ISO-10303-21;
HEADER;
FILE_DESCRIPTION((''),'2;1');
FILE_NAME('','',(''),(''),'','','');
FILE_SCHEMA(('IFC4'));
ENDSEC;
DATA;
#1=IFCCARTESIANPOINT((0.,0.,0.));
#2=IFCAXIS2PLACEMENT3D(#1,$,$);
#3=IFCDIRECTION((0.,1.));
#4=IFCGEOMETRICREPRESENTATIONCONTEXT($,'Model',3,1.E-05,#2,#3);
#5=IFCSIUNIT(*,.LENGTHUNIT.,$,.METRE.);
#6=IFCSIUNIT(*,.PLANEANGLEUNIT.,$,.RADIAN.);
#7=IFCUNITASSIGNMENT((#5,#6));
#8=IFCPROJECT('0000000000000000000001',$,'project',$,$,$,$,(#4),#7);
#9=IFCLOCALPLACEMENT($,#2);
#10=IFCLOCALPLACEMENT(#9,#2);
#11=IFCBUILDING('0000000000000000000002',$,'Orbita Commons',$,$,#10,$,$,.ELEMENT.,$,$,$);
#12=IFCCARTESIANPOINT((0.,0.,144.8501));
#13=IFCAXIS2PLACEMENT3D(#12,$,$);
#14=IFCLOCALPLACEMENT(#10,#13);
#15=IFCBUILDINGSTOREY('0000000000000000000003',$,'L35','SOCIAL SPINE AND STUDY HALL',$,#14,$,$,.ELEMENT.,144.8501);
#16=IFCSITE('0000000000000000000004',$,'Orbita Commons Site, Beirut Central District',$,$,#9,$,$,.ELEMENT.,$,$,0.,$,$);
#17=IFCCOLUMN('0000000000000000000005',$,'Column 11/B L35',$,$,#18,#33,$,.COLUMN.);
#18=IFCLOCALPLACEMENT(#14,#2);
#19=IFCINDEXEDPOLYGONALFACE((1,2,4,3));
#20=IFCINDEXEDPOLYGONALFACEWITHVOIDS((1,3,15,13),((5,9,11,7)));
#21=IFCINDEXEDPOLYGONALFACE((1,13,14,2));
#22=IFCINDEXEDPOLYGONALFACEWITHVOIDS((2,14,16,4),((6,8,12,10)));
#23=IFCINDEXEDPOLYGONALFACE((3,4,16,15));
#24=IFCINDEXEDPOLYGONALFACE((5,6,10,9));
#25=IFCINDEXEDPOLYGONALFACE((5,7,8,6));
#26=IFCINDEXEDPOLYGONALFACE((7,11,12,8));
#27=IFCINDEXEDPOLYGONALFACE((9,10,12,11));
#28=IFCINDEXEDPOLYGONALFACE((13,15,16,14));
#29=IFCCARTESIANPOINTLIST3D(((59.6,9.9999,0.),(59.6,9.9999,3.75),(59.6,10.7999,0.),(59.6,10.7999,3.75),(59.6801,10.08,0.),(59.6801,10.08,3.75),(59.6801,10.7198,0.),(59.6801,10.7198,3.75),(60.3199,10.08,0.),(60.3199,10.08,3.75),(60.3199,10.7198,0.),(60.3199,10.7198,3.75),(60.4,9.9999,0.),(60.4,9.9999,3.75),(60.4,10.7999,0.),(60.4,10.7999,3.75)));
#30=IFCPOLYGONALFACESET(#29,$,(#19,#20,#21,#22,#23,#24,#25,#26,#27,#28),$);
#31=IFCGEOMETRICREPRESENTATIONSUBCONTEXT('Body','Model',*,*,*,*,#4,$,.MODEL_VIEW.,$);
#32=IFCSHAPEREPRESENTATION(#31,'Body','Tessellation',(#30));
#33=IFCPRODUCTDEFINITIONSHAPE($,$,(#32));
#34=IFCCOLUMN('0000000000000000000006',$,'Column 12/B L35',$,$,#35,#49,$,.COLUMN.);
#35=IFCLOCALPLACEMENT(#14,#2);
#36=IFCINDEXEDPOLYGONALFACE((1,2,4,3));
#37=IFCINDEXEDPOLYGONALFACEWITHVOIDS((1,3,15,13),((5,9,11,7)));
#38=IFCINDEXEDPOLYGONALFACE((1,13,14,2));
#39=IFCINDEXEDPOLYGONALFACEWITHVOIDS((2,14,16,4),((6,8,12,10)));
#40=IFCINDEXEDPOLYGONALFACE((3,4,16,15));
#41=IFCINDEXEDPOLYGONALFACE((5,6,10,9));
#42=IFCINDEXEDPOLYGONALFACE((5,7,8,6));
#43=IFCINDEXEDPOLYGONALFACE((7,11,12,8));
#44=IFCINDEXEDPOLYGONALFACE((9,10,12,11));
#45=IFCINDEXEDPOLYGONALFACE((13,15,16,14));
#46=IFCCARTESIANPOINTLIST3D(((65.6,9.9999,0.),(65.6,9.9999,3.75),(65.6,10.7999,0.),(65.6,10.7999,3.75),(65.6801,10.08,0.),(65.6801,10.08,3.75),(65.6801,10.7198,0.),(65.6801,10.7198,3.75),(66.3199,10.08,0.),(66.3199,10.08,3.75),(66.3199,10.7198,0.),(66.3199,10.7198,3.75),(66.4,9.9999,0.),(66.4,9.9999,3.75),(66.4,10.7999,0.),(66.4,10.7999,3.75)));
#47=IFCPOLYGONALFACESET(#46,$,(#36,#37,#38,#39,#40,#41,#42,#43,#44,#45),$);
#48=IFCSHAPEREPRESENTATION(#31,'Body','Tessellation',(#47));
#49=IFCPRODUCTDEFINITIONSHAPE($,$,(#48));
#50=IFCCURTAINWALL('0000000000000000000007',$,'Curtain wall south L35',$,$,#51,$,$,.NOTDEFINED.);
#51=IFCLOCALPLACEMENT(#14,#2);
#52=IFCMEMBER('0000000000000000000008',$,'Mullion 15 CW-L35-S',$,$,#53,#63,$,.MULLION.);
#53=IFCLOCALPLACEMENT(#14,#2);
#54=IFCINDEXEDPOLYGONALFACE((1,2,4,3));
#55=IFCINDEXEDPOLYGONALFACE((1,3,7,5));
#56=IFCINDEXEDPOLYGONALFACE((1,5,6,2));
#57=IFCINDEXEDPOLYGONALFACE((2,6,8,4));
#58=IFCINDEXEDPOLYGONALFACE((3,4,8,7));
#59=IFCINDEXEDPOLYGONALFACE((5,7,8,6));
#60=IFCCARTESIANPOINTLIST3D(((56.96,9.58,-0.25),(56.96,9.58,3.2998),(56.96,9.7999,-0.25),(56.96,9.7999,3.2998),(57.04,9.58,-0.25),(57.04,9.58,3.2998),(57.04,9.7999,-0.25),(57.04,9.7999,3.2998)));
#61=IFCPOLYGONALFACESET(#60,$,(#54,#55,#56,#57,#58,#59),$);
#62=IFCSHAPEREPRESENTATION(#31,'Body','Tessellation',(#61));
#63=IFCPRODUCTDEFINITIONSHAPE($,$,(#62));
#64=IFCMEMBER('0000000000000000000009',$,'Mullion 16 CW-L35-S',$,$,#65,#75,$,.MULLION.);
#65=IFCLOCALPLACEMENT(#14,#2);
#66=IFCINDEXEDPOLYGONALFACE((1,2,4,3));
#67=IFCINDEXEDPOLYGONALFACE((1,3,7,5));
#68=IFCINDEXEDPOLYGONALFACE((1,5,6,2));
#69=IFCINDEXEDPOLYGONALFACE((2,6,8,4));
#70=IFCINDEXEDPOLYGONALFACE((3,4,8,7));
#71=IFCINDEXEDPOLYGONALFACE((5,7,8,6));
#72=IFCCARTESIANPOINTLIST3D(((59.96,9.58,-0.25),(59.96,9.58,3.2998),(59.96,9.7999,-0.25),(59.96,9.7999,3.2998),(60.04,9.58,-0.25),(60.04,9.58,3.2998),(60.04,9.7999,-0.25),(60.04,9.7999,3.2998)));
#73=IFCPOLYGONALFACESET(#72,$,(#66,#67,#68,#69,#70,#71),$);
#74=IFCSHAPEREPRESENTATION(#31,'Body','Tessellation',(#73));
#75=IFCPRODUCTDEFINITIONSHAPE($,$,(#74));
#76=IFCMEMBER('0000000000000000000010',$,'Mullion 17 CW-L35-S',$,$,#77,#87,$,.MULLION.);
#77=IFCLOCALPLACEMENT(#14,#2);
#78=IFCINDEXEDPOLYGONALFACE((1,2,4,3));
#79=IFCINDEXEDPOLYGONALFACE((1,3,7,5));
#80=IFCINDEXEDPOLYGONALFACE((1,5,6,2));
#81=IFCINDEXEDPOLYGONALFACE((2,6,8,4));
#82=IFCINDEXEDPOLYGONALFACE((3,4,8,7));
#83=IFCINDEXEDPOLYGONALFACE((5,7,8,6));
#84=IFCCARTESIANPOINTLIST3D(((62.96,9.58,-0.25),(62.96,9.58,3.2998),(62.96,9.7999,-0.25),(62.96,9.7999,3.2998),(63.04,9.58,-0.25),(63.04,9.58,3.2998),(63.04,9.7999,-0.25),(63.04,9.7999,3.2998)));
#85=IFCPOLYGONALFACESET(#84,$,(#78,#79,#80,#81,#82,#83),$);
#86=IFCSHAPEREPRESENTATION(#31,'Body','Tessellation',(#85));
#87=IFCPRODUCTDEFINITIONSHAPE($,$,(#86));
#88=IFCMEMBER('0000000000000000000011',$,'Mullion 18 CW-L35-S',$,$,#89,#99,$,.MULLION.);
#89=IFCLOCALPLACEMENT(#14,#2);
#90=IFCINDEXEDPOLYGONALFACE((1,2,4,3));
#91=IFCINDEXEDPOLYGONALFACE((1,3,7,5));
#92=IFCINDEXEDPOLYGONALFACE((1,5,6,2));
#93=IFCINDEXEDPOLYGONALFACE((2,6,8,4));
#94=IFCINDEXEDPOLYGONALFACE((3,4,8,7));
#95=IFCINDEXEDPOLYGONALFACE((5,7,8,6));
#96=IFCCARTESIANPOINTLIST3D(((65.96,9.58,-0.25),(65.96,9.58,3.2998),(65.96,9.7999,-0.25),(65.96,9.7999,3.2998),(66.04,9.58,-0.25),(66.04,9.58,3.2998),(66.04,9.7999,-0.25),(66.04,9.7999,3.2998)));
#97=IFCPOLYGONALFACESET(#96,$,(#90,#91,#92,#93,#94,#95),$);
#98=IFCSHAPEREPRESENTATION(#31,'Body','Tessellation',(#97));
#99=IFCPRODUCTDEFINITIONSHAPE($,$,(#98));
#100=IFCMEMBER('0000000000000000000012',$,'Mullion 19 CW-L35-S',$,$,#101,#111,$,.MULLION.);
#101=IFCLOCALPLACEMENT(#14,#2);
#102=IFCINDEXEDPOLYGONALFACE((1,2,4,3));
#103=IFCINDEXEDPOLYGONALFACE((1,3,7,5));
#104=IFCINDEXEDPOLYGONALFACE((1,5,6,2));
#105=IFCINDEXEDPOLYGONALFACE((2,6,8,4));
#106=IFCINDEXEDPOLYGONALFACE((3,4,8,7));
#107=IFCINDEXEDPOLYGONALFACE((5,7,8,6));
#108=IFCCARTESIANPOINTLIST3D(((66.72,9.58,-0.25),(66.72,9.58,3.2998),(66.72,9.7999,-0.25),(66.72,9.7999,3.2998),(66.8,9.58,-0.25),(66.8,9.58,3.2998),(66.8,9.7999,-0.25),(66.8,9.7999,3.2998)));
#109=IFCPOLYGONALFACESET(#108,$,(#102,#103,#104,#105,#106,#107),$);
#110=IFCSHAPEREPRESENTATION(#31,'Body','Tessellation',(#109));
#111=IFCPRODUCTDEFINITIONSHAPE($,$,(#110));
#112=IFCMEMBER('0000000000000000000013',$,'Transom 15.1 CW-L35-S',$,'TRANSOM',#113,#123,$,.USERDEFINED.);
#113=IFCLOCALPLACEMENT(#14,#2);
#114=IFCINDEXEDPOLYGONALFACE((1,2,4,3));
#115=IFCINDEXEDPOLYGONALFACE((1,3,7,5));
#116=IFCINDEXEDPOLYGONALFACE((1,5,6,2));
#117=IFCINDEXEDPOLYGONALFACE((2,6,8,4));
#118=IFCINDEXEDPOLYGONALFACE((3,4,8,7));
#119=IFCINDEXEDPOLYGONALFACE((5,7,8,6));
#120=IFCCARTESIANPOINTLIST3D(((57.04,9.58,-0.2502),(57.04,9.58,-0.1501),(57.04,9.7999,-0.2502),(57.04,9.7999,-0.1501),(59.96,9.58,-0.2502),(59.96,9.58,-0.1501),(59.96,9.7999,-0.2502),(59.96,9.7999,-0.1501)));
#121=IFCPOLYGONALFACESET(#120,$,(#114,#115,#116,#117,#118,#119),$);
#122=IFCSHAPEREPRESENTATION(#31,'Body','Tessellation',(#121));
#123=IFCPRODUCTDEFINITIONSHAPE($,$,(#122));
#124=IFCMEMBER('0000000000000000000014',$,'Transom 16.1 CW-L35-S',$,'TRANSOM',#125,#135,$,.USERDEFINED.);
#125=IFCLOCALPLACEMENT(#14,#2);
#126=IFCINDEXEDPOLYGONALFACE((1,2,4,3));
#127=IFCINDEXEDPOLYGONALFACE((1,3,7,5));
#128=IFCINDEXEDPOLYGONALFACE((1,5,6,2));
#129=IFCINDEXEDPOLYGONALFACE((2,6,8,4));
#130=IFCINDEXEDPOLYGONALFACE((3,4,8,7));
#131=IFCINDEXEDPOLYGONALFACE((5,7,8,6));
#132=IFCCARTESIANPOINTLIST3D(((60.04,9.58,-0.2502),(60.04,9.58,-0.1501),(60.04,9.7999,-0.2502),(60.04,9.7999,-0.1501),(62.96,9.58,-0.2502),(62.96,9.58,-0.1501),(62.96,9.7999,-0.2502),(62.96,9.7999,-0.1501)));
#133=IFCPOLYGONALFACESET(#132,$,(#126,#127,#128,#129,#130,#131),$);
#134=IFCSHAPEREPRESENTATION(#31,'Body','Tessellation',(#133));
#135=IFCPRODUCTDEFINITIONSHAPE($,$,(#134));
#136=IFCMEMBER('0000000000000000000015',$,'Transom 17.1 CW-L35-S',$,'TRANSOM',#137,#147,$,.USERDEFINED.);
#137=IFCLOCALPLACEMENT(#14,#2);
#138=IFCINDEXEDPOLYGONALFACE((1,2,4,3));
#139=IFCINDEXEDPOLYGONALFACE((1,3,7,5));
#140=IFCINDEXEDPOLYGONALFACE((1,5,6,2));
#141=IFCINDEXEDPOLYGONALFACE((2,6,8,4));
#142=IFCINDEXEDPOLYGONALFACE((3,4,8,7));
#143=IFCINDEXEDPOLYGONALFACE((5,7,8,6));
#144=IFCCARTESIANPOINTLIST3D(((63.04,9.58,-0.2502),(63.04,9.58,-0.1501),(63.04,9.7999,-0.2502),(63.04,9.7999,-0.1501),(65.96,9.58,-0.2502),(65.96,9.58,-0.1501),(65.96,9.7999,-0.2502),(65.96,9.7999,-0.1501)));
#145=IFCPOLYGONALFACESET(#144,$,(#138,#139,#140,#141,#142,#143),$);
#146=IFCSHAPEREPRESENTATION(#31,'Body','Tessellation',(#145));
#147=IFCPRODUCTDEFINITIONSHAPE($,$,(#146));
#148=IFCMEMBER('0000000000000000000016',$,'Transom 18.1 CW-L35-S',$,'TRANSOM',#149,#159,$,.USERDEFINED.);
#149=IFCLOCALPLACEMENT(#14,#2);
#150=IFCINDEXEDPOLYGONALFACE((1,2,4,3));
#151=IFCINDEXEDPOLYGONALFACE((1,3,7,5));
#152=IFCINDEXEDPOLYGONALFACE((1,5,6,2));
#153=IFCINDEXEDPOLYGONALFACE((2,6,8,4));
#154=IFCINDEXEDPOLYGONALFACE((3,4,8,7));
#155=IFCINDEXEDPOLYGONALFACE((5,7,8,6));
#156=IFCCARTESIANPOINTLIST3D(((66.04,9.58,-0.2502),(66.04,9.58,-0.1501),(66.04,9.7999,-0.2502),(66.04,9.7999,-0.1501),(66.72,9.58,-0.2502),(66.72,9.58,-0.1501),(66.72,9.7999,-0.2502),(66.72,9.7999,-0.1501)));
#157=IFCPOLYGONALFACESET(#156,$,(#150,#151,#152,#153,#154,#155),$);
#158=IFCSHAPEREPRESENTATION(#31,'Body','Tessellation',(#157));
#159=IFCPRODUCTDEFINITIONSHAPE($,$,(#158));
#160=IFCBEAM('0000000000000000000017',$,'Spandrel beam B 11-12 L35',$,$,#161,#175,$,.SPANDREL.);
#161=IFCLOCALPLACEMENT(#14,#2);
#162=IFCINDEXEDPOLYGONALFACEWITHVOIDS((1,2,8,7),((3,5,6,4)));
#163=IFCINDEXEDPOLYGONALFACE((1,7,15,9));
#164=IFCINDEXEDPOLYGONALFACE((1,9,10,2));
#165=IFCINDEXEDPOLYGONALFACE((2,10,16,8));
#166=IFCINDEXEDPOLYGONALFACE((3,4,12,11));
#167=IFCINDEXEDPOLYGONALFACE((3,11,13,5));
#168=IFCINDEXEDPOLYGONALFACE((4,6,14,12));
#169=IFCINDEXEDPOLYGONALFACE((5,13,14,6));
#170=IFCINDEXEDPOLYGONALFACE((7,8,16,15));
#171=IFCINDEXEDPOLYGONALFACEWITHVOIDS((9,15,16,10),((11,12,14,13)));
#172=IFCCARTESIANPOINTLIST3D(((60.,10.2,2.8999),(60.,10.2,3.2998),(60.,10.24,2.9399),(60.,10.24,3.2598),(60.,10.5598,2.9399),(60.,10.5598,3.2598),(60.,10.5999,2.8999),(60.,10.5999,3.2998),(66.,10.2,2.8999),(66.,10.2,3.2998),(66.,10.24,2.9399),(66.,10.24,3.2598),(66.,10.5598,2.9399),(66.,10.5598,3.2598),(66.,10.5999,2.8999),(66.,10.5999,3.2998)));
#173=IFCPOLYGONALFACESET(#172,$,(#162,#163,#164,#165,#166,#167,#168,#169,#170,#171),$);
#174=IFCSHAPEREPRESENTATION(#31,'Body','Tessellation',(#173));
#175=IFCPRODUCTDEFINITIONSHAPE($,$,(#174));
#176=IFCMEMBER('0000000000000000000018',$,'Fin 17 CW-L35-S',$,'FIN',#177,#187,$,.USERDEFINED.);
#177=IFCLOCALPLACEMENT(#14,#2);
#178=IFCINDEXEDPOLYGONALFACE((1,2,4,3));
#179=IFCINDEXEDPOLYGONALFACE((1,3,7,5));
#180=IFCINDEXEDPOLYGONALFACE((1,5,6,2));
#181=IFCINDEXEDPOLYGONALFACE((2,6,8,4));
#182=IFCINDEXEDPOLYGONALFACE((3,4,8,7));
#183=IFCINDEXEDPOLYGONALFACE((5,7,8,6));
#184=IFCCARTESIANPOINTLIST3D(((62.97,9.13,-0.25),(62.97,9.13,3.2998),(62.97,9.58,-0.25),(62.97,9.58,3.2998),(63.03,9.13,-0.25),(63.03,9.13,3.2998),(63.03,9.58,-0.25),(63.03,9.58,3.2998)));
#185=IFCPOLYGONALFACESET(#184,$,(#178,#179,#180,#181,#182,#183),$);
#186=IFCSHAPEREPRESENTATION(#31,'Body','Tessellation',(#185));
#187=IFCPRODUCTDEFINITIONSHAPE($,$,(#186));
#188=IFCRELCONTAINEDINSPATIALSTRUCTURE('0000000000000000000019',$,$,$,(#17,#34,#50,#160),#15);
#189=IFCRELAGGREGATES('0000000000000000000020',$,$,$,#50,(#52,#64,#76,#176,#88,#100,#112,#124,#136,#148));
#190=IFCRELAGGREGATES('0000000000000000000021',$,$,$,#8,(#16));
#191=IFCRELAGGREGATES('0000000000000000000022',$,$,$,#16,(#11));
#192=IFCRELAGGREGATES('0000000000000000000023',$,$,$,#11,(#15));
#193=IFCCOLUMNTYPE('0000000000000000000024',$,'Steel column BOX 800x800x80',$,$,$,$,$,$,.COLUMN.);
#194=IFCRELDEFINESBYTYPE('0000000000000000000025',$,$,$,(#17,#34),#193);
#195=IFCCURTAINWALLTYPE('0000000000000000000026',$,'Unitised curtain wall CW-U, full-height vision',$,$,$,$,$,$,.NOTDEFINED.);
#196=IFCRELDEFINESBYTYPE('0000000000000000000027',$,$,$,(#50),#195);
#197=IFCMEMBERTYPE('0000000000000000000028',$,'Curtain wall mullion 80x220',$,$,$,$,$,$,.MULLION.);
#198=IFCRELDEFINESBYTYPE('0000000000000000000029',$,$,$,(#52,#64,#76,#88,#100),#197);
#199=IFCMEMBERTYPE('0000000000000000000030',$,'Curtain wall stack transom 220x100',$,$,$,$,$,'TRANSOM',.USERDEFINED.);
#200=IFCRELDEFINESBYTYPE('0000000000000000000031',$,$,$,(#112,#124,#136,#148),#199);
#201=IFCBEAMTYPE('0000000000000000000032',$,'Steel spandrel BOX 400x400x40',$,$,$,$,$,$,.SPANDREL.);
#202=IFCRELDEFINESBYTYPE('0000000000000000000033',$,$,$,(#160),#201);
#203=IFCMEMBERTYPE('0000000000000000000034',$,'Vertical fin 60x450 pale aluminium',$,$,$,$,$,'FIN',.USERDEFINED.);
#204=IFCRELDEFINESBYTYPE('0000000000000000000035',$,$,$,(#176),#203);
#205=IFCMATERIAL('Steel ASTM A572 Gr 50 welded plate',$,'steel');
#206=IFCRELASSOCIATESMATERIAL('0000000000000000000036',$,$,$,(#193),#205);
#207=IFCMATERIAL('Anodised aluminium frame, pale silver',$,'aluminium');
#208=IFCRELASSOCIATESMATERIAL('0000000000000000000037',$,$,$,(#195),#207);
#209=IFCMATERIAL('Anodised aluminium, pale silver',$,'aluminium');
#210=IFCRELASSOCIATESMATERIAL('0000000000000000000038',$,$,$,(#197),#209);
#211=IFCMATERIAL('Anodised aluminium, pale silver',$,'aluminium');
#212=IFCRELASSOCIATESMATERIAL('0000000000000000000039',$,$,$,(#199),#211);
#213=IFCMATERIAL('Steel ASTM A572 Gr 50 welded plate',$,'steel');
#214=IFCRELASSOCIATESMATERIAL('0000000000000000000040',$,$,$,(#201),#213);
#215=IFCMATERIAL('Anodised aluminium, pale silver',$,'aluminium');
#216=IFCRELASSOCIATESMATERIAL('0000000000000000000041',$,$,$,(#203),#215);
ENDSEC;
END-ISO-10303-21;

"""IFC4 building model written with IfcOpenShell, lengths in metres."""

from ifc_helpers import new_model, si_unit, direction, frame, origin, origin_2d, place, context, subcontext, project, spatial, rectangle, hollow_rectangle, extrude, material, material_profile, profile_set, type_object, element, aggregate, save


model = new_model("IFC4")

# Units and contexts
model_context = context("Model", 3, precision=1e-05, world=origin(), true_north=direction((0.0, 1.0)))
body_context = subcontext(model_context, "Body", "Model", "MODEL_VIEW")
ifc_project = project(units=[si_unit("LENGTHUNIT", "METRE"), si_unit("PLANEANGLEUNIT", "RADIAN")], contexts=[model_context])

# Site, building, storey
site_placement = place(None, origin())
site = spatial("IfcSite", under=ifc_project, at=site_placement, Name="Orbita Commons Site, Beirut Central District", CompositionType="ELEMENT", RefElevation=0.0)
building_placement = place(site_placement, origin())
building = spatial("IfcBuilding", under=site, at=building_placement, Name="Orbita Commons", CompositionType="ELEMENT")
storey_placement = place(building_placement, frame((0.0, 0.0, 144.8501)))
storey = spatial("IfcBuildingStorey", under=building, at=storey_placement, Name="L35", Description="SOCIAL SPINE AND STUDY HALL", CompositionType="ELEMENT", Elevation=144.8501)

# Columns
ifc_material_1 = material(Name="Steel ASTM A572 Gr 50 welded plate", Category="steel")
ifc_material_profile_1 = material_profile(ifc_material_1, hollow_rectangle(XDim=0.8, YDim=0.8, WallThickness=0.0801, at=origin_2d()), Name="BOX 800x800x80")
ifc_profile_set_1 = profile_set([ifc_material_profile_1], Name="Steel ASTM A572 Gr 50 welded plate")
column_type = type_object("IfcColumnType", Name="Steel column BOX 800x800x80", PredefinedType="COLUMN", material=ifc_profile_set_1)
for number, where, z_axis, x_axis, name in (
    (1, (60.0, 10.3999, 0.0), (0.0, 0.0, 1.0), (1.0, 0.0, 0.0), "Column 11/B L35"),
    (2, (66.0, 10.3999, 0.0), (0.0, 0.0, 1.0), (1.0, 0.0, 0.0), "Column 12/B L35"),
):
    element("IfcColumn", number, at=place(storey_placement, frame(where, z_axis=z_axis, x_axis=x_axis)), inside=storey, type_object=column_type, Name=name, PredefinedType="COLUMN", context=body_context, shape_type="SweptSolid", body=[
        extrude(hollow_rectangle(XDim=0.8, YDim=0.8, WallThickness=0.0801, at=origin_2d()), origin(), (0.0, 0.0, 1.0), 3.75),
    ])

# Curtain wall, members
ifc_material_2 = material(Name="Anodised aluminium frame, pale silver", Category="aluminium")
curtain_wall_type = type_object("IfcCurtainWallType", Name="Unitised curtain wall CW-U, full-height vision", PredefinedType="NOTDEFINED", material=ifc_material_2)
curtain_wall_placement = place(storey_placement, origin())
curtain_wall = element("IfcCurtainWall", 3, at=curtain_wall_placement, inside=storey, type_object=curtain_wall_type, Name="Curtain wall south L35", PredefinedType="NOTDEFINED")
ifc_material_3 = material(Name="Anodised aluminium, pale silver", Category="aluminium")
ifc_material_profile_2 = material_profile(ifc_material_3, rectangle(XDim=0.0801, YDim=0.22, at=origin_2d()), Name="AL 80x220")
ifc_profile_set_2 = profile_set([ifc_material_profile_2], Name="Anodised aluminium, pale silver")
member_type_1 = type_object("IfcMemberType", Name="Curtain wall mullion 80x220", PredefinedType="MULLION", material=ifc_profile_set_2)
member_1_placement = place(storey_placement, frame((57.0, 9.6899, -0.25), z_axis=(0.0, 0.0, 1.0), x_axis=(1.0, 0.0, 0.0)))
member_1 = element("IfcMember", 4, at=member_1_placement, type_object=member_type_1, Name="Mullion 15 CW-L35-S", PredefinedType="MULLION", context=body_context, shape_type="SweptSolid", body=[
    extrude(rectangle(XDim=0.0801, YDim=0.22, at=origin_2d()), origin(), (0.0, 0.0, 1.0), 3.5498),
])
member_2_placement = place(storey_placement, frame((60.0, 9.6899, -0.25), z_axis=(0.0, 0.0, 1.0), x_axis=(1.0, 0.0, 0.0)))
member_2 = element("IfcMember", 5, at=member_2_placement, type_object=member_type_1, Name="Mullion 16 CW-L35-S", PredefinedType="MULLION", context=body_context, shape_type="SweptSolid", body=[
    extrude(rectangle(XDim=0.0801, YDim=0.22, at=origin_2d()), origin(), (0.0, 0.0, 1.0), 3.5498),
])
member_3_placement = place(storey_placement, frame((63.0, 9.6899, -0.25), z_axis=(0.0, 0.0, 1.0), x_axis=(1.0, 0.0, 0.0)))
member_3 = element("IfcMember", 6, at=member_3_placement, type_object=member_type_1, Name="Mullion 17 CW-L35-S", PredefinedType="MULLION", context=body_context, shape_type="SweptSolid", body=[
    extrude(rectangle(XDim=0.0801, YDim=0.22, at=origin_2d()), origin(), (0.0, 0.0, 1.0), 3.5498),
])
member_4_placement = place(storey_placement, frame((66.0, 9.6899, -0.25), z_axis=(0.0, 0.0, 1.0), x_axis=(1.0, 0.0, 0.0)))
member_4 = element("IfcMember", 7, at=member_4_placement, type_object=member_type_1, Name="Mullion 18 CW-L35-S", PredefinedType="MULLION", context=body_context, shape_type="SweptSolid", body=[
    extrude(rectangle(XDim=0.0801, YDim=0.22, at=origin_2d()), origin(), (0.0, 0.0, 1.0), 3.5498),
])
member_5_placement = place(storey_placement, frame((66.76, 9.6899, -0.25), z_axis=(0.0, 0.0, 1.0), x_axis=(1.0, 0.0, 0.0)))
member_5 = element("IfcMember", 8, at=member_5_placement, type_object=member_type_1, Name="Mullion 19 CW-L35-S", PredefinedType="MULLION", context=body_context, shape_type="SweptSolid", body=[
    extrude(rectangle(XDim=0.0801, YDim=0.22, at=origin_2d()), origin(), (0.0, 0.0, 1.0), 3.5498),
])
ifc_material_4 = material(Name="Anodised aluminium, pale silver", Category="aluminium")
ifc_material_profile_3 = material_profile(ifc_material_4, rectangle(XDim=0.22, YDim=0.1001, at=origin_2d()), Name="AL 220x100")
ifc_profile_set_3 = profile_set([ifc_material_profile_3], Name="Anodised aluminium, pale silver")
member_type_2 = type_object("IfcMemberType", Name="Curtain wall stack transom 220x100", ElementType="TRANSOM", PredefinedType="USERDEFINED", material=ifc_profile_set_3)
member_6_placement = place(storey_placement, frame((57.04, 9.6899, -0.2002), z_axis=(1.0, 0.0, 0.0), x_axis=(0.0, 1.0, 0.0)))
member_6 = element("IfcMember", 9, at=member_6_placement, type_object=member_type_2, Name="Transom 15.1 CW-L35-S", ObjectType="TRANSOM", PredefinedType="USERDEFINED", context=body_context, shape_type="SweptSolid", body=[
    extrude(rectangle(XDim=0.22, YDim=0.1001, at=origin_2d()), origin(), (0.0, 0.0, 1.0), 2.9199),
])
member_7_placement = place(storey_placement, frame((60.04, 9.6899, -0.2002), z_axis=(1.0, 0.0, 0.0), x_axis=(0.0, 1.0, 0.0)))
member_7 = element("IfcMember", 10, at=member_7_placement, type_object=member_type_2, Name="Transom 16.1 CW-L35-S", ObjectType="TRANSOM", PredefinedType="USERDEFINED", context=body_context, shape_type="SweptSolid", body=[
    extrude(rectangle(XDim=0.22, YDim=0.1001, at=origin_2d()), origin(), (0.0, 0.0, 1.0), 2.9199),
])
member_8_placement = place(storey_placement, frame((63.04, 9.6899, -0.2002), z_axis=(1.0, 0.0, 0.0), x_axis=(0.0, 1.0, 0.0)))
member_8 = element("IfcMember", 11, at=member_8_placement, type_object=member_type_2, Name="Transom 17.1 CW-L35-S", ObjectType="TRANSOM", PredefinedType="USERDEFINED", context=body_context, shape_type="SweptSolid", body=[
    extrude(rectangle(XDim=0.22, YDim=0.1001, at=origin_2d()), origin(), (0.0, 0.0, 1.0), 2.9199),
])
member_9_placement = place(storey_placement, frame((66.04, 9.6899, -0.2002), z_axis=(1.0, 0.0, 0.0), x_axis=(0.0, 1.0, 0.0)))
member_9 = element("IfcMember", 12, at=member_9_placement, type_object=member_type_2, Name="Transom 18.1 CW-L35-S", ObjectType="TRANSOM", PredefinedType="USERDEFINED", context=body_context, shape_type="SweptSolid", body=[
    extrude(rectangle(XDim=0.22, YDim=0.1001, at=origin_2d()), origin(), (0.0, 0.0, 1.0), 0.6799),
])

# Beam
ifc_material_5 = material(Name="Steel ASTM A572 Gr 50 welded plate", Category="steel")
ifc_material_profile_4 = material_profile(ifc_material_5, hollow_rectangle(XDim=0.3999, YDim=0.3999, WallThickness=0.04, at=origin_2d()), Name="BOX 400x400x40")
ifc_profile_set_4 = profile_set([ifc_material_profile_4], Name="Steel ASTM A572 Gr 50 welded plate")
beam_type = type_object("IfcBeamType", Name="Steel spandrel BOX 400x400x40", PredefinedType="SPANDREL", material=ifc_profile_set_4)
beam_placement = place(storey_placement, frame((60.0, 10.3999, 3.0999), z_axis=(1.0, 0.0, 0.0), x_axis=(0.0, 1.0, 0.0)))
element("IfcBeam", 13, at=beam_placement, inside=storey, type_object=beam_type, Name="Spandrel beam B 11-12 L35", PredefinedType="SPANDREL", context=body_context, shape_type="SweptSolid", body=[
    extrude(hollow_rectangle(XDim=0.3999, YDim=0.3999, WallThickness=0.04, at=origin_2d()), origin(), (0.0, 0.0, 1.0), 6.0),
])

# Member
ifc_material_6 = material(Name="Anodised aluminium, pale silver", Category="aluminium")
ifc_material_profile_5 = material_profile(ifc_material_6, rectangle(XDim=0.0601, YDim=0.45, at=origin_2d()), Name="FIN 60x450")
ifc_profile_set_5 = profile_set([ifc_material_profile_5], Name="Anodised aluminium, pale silver")
member_type_3 = type_object("IfcMemberType", Name="Vertical fin 60x450 pale aluminium", ElementType="FIN", PredefinedType="USERDEFINED", material=ifc_profile_set_5)
member_10_placement = place(storey_placement, frame((63.0, 9.355, -0.25), z_axis=(0.0, 0.0, 1.0), x_axis=(1.0, 0.0, 0.0)))
member_10 = element("IfcMember", 14, at=member_10_placement, type_object=member_type_3, Name="Fin 17 CW-L35-S", ObjectType="FIN", PredefinedType="USERDEFINED", context=body_context, shape_type="SweptSolid", body=[
    extrude(rectangle(XDim=0.0601, YDim=0.45, at=origin_2d()), origin(), (0.0, 0.0, 1.0), 3.5498),
])

aggregate(curtain_wall, [member_1, member_2, member_3, member_10, member_4, member_5, member_6, member_7, member_8, member_9])

save(model, "model.ifc")
